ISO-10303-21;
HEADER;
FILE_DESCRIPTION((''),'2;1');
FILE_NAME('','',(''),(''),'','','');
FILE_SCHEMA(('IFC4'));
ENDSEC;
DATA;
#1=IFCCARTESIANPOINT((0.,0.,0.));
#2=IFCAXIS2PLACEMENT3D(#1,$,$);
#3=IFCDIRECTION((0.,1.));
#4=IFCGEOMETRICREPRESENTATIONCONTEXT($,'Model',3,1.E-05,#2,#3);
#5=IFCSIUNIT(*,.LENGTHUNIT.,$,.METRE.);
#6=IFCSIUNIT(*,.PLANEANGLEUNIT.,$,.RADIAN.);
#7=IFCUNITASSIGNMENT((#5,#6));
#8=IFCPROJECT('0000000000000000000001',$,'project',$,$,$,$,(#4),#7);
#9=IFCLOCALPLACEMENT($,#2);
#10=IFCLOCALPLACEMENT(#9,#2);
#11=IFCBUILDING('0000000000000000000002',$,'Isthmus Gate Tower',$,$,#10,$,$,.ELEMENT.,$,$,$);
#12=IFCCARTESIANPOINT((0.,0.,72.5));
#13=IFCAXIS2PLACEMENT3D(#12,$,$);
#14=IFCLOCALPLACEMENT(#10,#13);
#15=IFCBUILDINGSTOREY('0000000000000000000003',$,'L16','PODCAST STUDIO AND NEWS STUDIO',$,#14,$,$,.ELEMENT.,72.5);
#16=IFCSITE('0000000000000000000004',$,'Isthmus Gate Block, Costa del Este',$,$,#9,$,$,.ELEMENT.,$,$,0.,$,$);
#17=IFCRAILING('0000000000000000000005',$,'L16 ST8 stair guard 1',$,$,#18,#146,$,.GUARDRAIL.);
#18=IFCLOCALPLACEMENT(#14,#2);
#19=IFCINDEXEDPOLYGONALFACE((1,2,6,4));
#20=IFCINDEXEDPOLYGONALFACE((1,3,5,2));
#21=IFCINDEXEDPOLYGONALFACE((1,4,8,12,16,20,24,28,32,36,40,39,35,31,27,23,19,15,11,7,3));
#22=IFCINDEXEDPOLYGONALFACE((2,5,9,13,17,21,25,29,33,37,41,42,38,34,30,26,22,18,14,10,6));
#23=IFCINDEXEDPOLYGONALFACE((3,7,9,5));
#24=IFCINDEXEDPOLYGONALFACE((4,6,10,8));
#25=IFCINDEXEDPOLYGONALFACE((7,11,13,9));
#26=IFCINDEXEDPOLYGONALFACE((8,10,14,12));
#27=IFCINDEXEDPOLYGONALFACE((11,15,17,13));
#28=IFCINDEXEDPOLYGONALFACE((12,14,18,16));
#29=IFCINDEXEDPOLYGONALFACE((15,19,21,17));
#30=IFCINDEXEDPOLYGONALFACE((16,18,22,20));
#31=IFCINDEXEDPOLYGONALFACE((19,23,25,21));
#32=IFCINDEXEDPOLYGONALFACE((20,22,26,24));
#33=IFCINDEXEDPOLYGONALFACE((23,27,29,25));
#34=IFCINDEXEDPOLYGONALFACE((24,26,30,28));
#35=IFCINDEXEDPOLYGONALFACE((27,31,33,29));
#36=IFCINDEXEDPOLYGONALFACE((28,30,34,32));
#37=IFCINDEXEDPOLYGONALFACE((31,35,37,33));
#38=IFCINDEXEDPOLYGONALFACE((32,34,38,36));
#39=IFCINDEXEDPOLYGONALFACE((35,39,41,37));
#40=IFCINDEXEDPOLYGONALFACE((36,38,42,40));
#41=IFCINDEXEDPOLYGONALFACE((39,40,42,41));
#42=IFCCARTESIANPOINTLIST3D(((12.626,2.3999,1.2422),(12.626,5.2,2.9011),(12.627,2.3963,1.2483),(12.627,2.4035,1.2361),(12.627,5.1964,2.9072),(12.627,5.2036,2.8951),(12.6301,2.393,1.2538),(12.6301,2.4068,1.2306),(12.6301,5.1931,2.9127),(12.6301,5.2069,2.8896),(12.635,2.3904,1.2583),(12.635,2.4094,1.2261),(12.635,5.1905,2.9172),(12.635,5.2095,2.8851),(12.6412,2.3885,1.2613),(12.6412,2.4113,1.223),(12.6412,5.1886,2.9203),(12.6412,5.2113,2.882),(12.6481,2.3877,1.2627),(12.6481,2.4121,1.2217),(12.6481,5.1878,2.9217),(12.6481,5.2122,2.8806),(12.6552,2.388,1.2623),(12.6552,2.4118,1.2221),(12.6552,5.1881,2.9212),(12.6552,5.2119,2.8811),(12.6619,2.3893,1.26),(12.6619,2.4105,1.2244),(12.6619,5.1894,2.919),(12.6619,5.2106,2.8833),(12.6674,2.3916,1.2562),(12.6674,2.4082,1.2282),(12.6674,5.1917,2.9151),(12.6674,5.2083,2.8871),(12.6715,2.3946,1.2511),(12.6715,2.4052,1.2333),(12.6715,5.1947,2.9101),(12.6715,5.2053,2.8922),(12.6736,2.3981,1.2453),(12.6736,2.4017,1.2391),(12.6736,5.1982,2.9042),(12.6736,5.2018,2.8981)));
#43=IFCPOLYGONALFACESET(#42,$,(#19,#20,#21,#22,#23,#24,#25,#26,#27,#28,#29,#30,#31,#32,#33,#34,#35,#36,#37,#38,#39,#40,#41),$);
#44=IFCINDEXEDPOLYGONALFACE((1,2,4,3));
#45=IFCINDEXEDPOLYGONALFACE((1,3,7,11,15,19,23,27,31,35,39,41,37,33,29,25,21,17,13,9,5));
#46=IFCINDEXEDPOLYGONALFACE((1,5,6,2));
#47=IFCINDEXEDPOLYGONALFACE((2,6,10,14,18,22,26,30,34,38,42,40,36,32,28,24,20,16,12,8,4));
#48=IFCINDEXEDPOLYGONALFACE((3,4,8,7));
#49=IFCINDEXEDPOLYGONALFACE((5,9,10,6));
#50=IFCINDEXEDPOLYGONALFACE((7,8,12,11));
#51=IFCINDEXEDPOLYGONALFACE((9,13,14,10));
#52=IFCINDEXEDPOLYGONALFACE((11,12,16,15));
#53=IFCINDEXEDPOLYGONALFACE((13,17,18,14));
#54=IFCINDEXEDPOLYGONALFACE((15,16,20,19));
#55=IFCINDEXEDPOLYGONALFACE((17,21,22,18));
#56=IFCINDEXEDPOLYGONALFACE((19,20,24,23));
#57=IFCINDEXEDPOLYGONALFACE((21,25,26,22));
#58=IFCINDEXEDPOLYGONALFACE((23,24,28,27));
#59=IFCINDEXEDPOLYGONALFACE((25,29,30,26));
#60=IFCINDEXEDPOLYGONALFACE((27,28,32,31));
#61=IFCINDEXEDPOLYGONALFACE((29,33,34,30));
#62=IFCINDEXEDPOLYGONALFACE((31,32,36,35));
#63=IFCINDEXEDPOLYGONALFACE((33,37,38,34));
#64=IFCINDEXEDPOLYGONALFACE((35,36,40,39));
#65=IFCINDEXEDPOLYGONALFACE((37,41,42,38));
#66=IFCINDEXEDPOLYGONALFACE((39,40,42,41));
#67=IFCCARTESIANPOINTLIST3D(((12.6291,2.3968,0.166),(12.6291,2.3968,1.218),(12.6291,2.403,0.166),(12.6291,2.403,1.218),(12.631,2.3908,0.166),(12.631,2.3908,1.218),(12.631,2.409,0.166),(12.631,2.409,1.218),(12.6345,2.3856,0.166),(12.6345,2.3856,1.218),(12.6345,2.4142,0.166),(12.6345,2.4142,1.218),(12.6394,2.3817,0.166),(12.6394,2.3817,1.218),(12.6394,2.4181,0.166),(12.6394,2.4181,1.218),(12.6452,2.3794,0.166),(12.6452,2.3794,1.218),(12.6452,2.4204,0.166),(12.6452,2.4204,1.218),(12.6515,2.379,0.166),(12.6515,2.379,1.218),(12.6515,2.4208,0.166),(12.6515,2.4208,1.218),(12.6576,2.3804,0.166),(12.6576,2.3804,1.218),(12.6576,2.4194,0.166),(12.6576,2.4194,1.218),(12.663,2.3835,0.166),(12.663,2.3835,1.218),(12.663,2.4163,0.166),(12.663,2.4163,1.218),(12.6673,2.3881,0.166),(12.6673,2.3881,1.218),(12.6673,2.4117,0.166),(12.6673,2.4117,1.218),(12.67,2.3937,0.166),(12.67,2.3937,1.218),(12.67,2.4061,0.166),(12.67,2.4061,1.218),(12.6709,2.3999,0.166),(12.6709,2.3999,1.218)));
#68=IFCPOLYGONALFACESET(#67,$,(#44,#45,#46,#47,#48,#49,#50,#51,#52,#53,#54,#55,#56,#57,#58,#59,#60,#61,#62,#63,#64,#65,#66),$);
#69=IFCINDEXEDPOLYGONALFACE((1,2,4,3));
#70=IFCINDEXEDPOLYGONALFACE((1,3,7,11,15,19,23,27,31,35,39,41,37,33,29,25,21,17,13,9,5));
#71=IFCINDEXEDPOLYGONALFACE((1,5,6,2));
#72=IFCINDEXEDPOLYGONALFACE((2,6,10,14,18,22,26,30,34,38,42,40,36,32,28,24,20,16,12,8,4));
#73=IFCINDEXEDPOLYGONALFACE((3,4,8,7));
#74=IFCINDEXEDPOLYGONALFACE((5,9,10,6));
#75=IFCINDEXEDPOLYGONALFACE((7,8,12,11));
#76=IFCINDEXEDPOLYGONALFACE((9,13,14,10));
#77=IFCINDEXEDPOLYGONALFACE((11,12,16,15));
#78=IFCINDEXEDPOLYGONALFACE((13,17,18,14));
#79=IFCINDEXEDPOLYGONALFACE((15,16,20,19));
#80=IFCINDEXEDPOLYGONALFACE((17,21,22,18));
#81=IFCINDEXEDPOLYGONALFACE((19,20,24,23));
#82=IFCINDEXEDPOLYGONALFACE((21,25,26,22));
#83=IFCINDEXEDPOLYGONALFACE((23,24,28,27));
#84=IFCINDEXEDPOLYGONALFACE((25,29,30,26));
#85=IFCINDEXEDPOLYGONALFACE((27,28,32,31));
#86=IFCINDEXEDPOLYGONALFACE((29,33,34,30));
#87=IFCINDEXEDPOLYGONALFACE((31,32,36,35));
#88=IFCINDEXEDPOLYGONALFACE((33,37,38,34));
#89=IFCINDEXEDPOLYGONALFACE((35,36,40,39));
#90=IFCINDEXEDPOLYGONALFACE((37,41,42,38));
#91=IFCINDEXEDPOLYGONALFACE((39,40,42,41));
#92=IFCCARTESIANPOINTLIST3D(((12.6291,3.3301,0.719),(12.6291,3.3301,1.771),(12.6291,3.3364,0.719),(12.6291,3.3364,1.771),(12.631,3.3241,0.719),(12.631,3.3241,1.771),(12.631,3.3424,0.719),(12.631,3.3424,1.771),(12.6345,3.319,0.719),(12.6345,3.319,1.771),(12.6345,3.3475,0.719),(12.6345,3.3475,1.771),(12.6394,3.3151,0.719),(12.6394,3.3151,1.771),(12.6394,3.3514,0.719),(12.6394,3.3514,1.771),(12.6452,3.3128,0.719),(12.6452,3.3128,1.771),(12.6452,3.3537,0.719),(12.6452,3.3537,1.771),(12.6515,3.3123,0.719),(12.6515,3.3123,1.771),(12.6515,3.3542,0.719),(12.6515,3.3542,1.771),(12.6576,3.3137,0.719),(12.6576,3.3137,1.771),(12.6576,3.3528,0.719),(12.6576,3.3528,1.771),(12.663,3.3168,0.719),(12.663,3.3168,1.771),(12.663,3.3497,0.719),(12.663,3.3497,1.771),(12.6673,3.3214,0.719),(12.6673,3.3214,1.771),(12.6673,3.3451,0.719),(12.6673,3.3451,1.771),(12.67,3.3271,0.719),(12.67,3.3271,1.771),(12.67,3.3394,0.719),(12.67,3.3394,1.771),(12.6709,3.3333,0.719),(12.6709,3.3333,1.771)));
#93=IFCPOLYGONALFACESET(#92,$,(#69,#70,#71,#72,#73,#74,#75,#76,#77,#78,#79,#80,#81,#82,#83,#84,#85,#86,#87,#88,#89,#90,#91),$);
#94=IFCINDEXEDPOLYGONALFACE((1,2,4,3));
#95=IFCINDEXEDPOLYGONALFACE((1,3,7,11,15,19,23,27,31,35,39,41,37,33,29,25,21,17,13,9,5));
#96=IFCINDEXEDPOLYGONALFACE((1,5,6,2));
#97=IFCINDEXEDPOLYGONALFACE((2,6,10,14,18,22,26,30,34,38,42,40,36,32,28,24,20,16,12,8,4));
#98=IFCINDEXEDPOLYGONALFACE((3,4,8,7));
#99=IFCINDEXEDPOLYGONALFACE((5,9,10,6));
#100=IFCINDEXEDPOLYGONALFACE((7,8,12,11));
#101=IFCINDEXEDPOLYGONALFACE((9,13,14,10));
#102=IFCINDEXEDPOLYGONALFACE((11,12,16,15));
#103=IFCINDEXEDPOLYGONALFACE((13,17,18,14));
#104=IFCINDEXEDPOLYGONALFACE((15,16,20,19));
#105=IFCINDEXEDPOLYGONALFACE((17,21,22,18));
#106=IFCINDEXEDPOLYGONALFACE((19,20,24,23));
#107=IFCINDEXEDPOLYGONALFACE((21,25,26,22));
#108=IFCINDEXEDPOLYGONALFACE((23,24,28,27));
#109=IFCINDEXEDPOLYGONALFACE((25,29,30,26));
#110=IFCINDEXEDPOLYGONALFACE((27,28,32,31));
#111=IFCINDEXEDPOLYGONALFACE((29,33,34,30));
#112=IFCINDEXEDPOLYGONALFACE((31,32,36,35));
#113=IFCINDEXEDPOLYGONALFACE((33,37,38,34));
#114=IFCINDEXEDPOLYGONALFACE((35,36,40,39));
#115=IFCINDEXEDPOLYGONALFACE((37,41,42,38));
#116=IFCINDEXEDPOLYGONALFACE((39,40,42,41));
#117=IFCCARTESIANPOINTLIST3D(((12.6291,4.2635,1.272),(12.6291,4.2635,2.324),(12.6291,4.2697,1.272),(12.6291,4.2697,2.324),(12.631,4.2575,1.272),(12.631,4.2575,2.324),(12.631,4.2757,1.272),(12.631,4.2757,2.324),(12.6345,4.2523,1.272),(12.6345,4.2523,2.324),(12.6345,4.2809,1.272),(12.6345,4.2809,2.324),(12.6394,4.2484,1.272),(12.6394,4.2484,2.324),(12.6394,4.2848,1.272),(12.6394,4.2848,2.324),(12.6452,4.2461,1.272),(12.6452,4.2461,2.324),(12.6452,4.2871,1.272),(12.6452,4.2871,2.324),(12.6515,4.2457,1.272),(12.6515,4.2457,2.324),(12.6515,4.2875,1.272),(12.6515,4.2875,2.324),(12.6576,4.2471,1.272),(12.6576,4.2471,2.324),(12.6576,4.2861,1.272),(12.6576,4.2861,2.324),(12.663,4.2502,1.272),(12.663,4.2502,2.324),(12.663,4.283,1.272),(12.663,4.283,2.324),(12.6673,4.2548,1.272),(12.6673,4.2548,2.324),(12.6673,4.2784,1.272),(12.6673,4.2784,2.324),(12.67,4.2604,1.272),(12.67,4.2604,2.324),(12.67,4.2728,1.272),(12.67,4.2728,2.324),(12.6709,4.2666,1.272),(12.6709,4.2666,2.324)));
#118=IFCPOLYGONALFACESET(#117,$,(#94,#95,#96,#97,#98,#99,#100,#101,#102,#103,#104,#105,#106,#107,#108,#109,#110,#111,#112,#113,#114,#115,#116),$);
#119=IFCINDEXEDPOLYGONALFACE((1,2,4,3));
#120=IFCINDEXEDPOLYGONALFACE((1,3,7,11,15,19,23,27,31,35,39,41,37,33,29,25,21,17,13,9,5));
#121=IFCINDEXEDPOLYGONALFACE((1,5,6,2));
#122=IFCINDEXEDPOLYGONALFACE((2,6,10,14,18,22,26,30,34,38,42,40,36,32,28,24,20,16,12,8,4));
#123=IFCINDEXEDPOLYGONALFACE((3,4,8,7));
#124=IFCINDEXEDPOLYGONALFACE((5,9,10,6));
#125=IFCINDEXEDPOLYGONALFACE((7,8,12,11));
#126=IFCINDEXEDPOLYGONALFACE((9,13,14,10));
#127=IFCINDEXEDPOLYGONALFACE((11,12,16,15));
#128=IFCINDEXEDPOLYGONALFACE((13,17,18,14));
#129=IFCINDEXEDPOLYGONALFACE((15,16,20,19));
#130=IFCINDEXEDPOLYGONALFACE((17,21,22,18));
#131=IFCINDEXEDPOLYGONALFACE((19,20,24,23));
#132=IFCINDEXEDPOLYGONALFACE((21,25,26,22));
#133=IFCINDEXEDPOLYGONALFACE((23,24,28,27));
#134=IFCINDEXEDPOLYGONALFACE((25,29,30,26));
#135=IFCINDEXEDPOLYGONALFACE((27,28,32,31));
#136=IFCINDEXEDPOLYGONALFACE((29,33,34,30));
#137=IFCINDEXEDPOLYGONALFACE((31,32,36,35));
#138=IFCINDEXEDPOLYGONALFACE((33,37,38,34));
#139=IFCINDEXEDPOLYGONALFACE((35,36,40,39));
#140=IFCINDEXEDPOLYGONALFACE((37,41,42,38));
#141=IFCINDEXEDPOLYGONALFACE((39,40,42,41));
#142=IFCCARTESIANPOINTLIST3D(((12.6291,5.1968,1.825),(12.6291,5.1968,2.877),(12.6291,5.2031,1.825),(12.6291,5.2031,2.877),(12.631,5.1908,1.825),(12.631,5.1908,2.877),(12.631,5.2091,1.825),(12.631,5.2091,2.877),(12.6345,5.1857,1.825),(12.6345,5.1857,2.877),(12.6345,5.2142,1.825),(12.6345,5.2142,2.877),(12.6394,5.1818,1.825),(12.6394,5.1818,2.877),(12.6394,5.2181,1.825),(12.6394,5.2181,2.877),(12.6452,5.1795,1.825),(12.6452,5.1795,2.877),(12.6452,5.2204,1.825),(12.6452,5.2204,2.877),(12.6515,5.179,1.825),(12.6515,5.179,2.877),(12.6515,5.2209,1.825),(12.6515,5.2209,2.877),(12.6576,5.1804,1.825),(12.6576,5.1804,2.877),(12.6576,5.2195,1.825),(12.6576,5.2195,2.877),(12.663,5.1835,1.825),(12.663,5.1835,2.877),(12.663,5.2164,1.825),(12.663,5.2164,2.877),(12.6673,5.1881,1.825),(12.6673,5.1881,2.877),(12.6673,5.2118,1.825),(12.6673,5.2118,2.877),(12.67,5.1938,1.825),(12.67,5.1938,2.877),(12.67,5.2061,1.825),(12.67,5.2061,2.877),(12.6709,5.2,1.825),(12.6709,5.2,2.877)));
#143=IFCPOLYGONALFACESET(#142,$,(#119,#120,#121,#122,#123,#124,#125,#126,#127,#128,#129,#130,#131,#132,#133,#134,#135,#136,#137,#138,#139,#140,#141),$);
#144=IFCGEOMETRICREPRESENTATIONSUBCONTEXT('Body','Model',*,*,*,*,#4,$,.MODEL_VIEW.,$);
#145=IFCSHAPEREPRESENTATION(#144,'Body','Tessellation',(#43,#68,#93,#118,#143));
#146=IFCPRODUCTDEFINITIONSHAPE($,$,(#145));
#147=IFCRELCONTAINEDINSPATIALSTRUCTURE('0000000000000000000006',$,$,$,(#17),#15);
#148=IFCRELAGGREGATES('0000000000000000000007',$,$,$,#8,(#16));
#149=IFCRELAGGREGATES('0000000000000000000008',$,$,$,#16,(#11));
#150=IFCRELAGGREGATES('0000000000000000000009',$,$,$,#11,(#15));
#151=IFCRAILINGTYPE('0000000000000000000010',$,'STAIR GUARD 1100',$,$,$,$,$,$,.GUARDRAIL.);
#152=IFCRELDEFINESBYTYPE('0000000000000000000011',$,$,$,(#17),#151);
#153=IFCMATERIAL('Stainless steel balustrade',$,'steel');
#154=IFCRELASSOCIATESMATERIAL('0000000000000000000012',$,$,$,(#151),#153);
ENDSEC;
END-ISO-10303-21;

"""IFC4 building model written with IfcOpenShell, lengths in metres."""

from ifc_helpers import new_model, si_unit, direction, frame, origin, origin_2d, place, context, subcontext, project, spatial, circle, extrude, material, type_object, element, save


model = new_model("IFC4")

# Units and contexts
model_context = context("Model", 3, precision=1e-05, world=origin(), true_north=direction((0.0, 1.0)))
body_context = subcontext(model_context, "Body", "Model", "MODEL_VIEW")
ifc_project = project(units=[si_unit("LENGTHUNIT", "METRE"), si_unit("PLANEANGLEUNIT", "RADIAN")], contexts=[model_context])

# Site, building, storey
site_placement = place(None, origin())
site = spatial("IfcSite", under=ifc_project, at=site_placement, Name="Isthmus Gate Block, Costa del Este", CompositionType="ELEMENT", RefElevation=0.0)
building_placement = place(site_placement, origin())
building = spatial("IfcBuilding", under=site, at=building_placement, Name="Isthmus Gate Tower", CompositionType="ELEMENT")
storey_placement = place(building_placement, frame((0.0, 0.0, 72.5)))
storey = spatial("IfcBuildingStorey", under=building, at=storey_placement, Name="L16", Description="PODCAST STUDIO AND NEWS STUDIO", CompositionType="ELEMENT", Elevation=72.5)

# Railing
ifc_material_1 = material(Name="Stainless steel balustrade", Category="steel")
railing_type_1 = type_object("IfcRailingType", Name="STAIR GUARD 1100", PredefinedType="GUARDRAIL", material=ifc_material_1)
railing_1_placement = place(storey_placement, frame((12.6499, 2.3999, 0.166)))
element("IfcRailing", 1, at=railing_1_placement, inside=storey, type_object=railing_type_1, Name="L16 ST8 stair guard 1", PredefinedType="GUARDRAIL", context=body_context, shape_type="SweptSolid", body=[
    extrude(circle(Radius=0.0239, at=origin_2d()), frame((0.0, 0.0, 1.0762), z_axis=(0.0, 0.860339, 0.509722), x_axis=(-1.0, 0.0, 0.0)), (0.0, 0.0, 1.0), 3.2546),
    extrude(circle(Radius=0.021, at=origin_2d()), origin(), (0.0, 0.0, 1.0), 1.052),
    extrude(circle(Radius=0.021, at=origin_2d()), frame((0.0, 0.9333, 0.553)), (0.0, 0.0, 1.0), 1.052),
    extrude(circle(Radius=0.021, at=origin_2d()), frame((0.0, 1.8667, 1.106)), (0.0, 0.0, 1.0), 1.052),
    extrude(circle(Radius=0.021, at=origin_2d()), frame((0.0, 2.8, 1.6589)), (0.0, 0.0, 1.0), 1.052),
])

save(model, "model.ifc")
